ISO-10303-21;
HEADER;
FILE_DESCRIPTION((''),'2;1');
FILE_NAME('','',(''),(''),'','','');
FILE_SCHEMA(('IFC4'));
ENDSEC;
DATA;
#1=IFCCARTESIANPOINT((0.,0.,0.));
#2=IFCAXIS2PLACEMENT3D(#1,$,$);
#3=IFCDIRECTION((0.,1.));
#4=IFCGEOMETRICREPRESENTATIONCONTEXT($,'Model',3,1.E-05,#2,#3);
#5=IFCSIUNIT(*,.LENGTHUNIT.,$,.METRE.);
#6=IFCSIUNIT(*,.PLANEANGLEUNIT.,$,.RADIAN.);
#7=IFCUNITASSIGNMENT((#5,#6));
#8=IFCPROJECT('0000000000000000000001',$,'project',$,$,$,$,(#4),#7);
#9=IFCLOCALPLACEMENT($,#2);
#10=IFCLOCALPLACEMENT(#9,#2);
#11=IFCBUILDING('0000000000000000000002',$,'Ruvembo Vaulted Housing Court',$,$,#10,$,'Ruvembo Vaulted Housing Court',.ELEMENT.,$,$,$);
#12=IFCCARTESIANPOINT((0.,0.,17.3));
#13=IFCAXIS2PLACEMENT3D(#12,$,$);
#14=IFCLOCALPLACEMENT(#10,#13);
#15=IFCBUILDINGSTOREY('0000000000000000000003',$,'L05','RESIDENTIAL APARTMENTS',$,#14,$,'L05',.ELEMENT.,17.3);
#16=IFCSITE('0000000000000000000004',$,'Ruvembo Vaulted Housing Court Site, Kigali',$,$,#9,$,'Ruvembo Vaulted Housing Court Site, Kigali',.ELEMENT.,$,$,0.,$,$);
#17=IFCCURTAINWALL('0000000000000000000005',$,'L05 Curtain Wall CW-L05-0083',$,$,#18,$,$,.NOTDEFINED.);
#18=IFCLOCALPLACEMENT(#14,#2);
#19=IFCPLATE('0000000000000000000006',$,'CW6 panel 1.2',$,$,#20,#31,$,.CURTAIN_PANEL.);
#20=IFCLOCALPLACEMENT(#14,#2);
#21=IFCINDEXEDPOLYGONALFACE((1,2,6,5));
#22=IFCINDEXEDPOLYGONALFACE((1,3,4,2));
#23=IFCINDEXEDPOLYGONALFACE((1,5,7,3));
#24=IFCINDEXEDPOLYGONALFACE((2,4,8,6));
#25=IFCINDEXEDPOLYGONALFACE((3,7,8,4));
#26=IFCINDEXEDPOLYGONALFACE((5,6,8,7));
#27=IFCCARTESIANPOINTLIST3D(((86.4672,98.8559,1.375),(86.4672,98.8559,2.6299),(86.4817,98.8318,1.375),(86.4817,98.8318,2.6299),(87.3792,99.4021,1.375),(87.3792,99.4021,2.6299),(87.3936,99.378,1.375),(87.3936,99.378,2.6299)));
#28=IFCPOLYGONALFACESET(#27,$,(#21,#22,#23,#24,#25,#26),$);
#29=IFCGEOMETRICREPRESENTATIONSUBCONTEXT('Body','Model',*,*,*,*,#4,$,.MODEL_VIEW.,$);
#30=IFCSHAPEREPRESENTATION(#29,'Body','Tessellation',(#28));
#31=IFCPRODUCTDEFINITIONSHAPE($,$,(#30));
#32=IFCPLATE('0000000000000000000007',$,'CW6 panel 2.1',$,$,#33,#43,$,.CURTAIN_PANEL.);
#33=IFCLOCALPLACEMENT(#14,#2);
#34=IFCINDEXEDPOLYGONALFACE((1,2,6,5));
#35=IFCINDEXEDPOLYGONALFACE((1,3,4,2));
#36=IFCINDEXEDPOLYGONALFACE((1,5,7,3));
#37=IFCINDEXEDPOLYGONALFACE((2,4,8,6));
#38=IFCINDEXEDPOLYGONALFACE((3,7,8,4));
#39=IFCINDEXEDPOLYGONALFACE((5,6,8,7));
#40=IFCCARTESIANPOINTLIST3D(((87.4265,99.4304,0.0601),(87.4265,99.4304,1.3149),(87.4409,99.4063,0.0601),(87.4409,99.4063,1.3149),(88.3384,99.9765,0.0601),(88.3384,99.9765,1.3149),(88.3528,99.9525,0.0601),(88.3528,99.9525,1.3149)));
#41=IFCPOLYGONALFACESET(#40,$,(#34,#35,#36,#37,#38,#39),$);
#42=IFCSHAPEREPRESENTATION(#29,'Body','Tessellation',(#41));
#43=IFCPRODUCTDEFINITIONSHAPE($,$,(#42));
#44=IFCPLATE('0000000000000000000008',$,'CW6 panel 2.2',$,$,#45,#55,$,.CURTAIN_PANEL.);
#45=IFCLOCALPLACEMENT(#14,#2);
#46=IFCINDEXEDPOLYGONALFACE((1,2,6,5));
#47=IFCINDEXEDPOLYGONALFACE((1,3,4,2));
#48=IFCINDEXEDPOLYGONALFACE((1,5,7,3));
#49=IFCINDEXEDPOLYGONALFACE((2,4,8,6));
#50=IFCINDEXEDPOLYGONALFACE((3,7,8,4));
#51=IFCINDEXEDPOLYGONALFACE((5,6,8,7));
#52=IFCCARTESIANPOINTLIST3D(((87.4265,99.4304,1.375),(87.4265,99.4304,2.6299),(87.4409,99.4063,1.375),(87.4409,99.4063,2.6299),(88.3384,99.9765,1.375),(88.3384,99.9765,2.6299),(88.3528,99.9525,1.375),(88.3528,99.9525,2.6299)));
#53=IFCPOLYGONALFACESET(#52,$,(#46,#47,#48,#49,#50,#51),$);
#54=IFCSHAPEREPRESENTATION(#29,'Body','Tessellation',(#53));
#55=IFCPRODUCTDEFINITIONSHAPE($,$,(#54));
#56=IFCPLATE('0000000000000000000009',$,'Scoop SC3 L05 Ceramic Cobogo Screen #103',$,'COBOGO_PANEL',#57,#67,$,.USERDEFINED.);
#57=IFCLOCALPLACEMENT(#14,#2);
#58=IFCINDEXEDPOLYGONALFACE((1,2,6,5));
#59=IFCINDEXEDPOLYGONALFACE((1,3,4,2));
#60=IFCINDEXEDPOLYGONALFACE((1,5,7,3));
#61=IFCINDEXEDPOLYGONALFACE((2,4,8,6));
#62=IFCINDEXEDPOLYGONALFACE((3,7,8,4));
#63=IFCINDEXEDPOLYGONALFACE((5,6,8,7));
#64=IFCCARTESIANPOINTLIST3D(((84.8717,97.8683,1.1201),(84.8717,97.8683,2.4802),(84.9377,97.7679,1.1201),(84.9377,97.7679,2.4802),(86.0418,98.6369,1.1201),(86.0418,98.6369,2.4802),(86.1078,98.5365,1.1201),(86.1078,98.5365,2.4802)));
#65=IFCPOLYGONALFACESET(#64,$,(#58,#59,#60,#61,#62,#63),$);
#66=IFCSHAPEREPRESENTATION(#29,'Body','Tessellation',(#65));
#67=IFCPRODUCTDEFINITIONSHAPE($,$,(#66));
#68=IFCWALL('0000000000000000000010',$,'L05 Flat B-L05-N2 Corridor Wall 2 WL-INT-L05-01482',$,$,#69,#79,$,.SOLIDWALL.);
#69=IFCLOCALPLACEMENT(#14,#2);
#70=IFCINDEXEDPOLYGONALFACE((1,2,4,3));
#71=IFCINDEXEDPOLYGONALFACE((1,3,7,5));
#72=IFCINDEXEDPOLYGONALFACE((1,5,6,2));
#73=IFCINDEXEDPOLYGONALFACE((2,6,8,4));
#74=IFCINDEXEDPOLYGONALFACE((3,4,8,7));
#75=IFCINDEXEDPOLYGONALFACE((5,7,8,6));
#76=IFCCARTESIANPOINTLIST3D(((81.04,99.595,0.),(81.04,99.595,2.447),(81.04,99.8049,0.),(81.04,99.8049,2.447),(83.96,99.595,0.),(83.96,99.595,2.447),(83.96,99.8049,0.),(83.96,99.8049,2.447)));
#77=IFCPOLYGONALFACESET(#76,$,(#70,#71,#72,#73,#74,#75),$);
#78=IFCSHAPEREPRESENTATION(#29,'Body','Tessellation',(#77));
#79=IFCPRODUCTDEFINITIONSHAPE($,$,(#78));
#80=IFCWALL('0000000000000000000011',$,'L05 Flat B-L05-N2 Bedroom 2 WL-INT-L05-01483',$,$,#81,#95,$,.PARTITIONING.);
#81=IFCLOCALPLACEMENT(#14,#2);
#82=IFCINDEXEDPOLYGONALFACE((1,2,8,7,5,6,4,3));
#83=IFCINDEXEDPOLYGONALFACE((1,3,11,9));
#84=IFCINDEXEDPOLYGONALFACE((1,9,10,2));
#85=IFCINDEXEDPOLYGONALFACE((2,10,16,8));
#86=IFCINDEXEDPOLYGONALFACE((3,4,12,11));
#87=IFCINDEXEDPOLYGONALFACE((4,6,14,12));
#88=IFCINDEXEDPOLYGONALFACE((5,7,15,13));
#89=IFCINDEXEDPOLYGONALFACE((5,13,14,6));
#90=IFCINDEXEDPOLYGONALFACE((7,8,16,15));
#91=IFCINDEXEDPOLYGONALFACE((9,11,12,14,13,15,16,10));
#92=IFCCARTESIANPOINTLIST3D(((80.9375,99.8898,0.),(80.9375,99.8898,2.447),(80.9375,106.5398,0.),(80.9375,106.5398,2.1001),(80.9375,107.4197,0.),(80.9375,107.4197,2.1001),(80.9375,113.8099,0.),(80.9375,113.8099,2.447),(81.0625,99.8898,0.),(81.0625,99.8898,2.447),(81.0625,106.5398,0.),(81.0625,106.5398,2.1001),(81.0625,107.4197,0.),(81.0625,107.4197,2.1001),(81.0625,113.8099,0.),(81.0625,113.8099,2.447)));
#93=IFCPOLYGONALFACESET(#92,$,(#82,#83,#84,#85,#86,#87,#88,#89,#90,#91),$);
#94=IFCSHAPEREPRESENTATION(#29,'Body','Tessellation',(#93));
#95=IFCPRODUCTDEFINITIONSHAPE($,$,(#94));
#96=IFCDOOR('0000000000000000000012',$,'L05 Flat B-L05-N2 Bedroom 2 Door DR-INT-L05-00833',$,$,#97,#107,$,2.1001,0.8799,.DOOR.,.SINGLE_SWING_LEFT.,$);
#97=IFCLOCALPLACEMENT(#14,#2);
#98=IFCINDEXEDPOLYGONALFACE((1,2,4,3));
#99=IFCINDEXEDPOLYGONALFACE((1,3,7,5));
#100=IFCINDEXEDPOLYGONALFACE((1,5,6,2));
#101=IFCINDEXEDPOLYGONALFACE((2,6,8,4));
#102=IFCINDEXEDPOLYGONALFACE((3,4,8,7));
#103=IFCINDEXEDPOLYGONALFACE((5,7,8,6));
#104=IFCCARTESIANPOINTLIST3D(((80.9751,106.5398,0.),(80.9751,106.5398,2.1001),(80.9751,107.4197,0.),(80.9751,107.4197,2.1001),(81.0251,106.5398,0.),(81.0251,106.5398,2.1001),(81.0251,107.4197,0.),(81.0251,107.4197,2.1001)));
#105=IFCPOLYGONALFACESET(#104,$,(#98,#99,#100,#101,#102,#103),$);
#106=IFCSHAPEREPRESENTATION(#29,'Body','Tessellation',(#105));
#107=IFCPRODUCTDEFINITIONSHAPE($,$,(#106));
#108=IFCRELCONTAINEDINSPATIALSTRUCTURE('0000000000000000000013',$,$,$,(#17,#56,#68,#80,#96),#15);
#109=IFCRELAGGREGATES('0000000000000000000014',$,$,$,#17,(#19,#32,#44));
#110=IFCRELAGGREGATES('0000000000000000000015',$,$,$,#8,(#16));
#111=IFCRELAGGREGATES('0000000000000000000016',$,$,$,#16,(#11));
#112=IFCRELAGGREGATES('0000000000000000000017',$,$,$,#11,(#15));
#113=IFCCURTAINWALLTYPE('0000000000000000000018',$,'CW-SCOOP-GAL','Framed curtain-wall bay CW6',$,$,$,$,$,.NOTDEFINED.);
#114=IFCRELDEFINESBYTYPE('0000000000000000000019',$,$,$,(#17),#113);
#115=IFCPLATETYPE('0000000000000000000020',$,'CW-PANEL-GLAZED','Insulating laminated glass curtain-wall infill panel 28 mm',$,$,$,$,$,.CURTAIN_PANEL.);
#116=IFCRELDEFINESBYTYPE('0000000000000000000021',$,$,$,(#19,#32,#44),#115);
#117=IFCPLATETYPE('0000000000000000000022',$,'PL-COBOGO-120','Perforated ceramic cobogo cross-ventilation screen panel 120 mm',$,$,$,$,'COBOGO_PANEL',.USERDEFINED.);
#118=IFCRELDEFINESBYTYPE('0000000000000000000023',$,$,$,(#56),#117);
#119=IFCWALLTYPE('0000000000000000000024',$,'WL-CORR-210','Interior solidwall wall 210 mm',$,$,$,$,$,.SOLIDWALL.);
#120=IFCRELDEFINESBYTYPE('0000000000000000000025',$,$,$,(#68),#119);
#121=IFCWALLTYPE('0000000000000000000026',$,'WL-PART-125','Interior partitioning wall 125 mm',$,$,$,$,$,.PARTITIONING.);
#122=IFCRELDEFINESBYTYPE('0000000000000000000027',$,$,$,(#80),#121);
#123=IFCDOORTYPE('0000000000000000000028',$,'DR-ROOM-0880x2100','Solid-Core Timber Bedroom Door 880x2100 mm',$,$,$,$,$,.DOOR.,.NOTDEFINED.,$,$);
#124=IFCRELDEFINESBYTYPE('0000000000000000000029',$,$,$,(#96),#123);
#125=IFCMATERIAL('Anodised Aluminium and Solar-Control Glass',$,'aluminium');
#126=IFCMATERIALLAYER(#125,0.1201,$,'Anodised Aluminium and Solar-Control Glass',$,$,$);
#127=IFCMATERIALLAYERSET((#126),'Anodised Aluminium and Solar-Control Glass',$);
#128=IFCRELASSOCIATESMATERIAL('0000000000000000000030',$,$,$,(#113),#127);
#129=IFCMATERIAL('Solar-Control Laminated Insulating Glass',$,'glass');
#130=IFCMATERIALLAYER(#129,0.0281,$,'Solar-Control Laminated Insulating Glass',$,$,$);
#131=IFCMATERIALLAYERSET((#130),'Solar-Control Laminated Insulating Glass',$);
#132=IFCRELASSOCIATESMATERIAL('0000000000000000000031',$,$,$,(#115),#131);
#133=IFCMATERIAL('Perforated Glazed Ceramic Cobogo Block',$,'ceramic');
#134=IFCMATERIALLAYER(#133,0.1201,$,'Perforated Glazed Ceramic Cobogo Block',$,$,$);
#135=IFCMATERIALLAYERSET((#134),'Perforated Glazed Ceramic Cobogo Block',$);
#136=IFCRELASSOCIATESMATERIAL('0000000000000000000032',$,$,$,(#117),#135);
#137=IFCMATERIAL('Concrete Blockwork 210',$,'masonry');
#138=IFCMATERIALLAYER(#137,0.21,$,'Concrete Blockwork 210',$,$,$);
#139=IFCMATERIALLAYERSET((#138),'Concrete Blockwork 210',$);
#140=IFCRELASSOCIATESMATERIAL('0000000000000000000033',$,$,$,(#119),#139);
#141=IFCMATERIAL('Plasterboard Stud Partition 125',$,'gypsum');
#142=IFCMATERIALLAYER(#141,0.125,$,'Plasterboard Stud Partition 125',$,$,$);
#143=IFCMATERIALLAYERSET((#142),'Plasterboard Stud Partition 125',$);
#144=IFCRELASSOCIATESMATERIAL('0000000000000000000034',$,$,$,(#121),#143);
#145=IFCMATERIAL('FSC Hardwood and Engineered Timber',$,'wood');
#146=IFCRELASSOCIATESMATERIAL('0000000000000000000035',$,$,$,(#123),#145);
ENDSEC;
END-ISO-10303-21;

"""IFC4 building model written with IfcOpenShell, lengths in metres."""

from ifc_helpers import new_model, si_unit, direction, frame, frame_2d, origin, origin_2d, place, context, subcontext, project, spatial, rectangle, extrude, material, layer, layer_set, type_object, element, fill, aggregate, save


model = new_model("IFC4")

# Units and contexts
model_context = context("Model", 3, precision=1e-05, world=origin(), true_north=direction((0.0, 1.0)))
body_context = subcontext(model_context, "Body", "Model", "MODEL_VIEW")
ifc_project = project(units=[si_unit("LENGTHUNIT", "METRE"), si_unit("PLANEANGLEUNIT", "RADIAN")], contexts=[model_context])

# Site, building, storey
site_placement = place(None, origin())
site = spatial("IfcSite", under=ifc_project, at=site_placement, Name="Ruvembo Vaulted Housing Court Site, Kigali", LongName="Ruvembo Vaulted Housing Court Site, Kigali", CompositionType="ELEMENT", RefElevation=0.0)
building_placement = place(site_placement, origin())
building = spatial("IfcBuilding", under=site, at=building_placement, Name="Ruvembo Vaulted Housing Court", LongName="Ruvembo Vaulted Housing Court", CompositionType="ELEMENT")
storey_placement = place(building_placement, frame((0.0, 0.0, 17.3)))
storey = spatial("IfcBuildingStorey", under=building, at=storey_placement, Name="L05", Description="RESIDENTIAL APARTMENTS", LongName="L05", CompositionType="ELEMENT", Elevation=17.3)

# Curtain wall, plates
ifc_material_1 = material(Name="Anodised Aluminium and Solar-Control Glass", Category="aluminium")
ifc_layer_1 = layer(ifc_material_1, 0.1201, Name="Anodised Aluminium and Solar-Control Glass")
ifc_layer_set_1 = layer_set([ifc_layer_1], Name="Anodised Aluminium and Solar-Control Glass")
curtain_wall_type = type_object("IfcCurtainWallType", Name="CW-SCOOP-GAL", Description="Framed curtain-wall bay CW6", PredefinedType="NOTDEFINED", material=ifc_layer_set_1)
curtain_wall_placement = place(storey_placement, origin())
curtain_wall = element("IfcCurtainWall", 1, at=curtain_wall_placement, inside=storey, type_object=curtain_wall_type, Name="L05 Curtain Wall CW-L05-0083", PredefinedType="NOTDEFINED")
ifc_material_2 = material(Name="Solar-Control Laminated Insulating Glass", Category="glass")
ifc_layer_2 = layer(ifc_material_2, 0.0281, Name="Solar-Control Laminated Insulating Glass")
ifc_layer_set_2 = layer_set([ifc_layer_2], Name="Solar-Control Laminated Insulating Glass")
plate_type_1 = type_object("IfcPlateType", Name="CW-PANEL-GLAZED", Description="Insulating laminated glass curtain-wall infill panel 28 mm", PredefinedType="CURTAIN_PANEL", material=ifc_layer_set_2)
plate_1_placement = place(storey_placement, frame((86.9304, 99.1169, 1.375), z_axis=(0.0, 0.0, 1.0), x_axis=(0.857893, 0.513828, 0.0)))
plate_1 = element("IfcPlate", 2, at=plate_1_placement, type_object=plate_type_1, Name="CW6 panel 1.2", PredefinedType="CURTAIN_PANEL", context=body_context, shape_type="SweptSolid", body=[
    extrude(rectangle(XDim=1.063, YDim=0.0281, at=origin_2d()), origin(), (0.0, 0.0, 1.0), 1.2549),
])
plate_2_placement = place(storey_placement, frame((87.8896, 99.6914, 0.0601), z_axis=(0.0, 0.0, 1.0), x_axis=(0.857893, 0.513828, 0.0)))
plate_2 = element("IfcPlate", 3, at=plate_2_placement, type_object=plate_type_1, Name="CW6 panel 2.1", PredefinedType="CURTAIN_PANEL", context=body_context, shape_type="SweptSolid", body=[
    extrude(rectangle(XDim=1.063, YDim=0.0281, at=origin_2d()), origin(), (0.0, 0.0, 1.0), 1.2549),
])
plate_3_placement = place(storey_placement, frame((87.8896, 99.6914, 1.375), z_axis=(0.0, 0.0, 1.0), x_axis=(0.857893, 0.513828, 0.0)))
plate_3 = element("IfcPlate", 4, at=plate_3_placement, type_object=plate_type_1, Name="CW6 panel 2.2", PredefinedType="CURTAIN_PANEL", context=body_context, shape_type="SweptSolid", body=[
    extrude(rectangle(XDim=1.063, YDim=0.0281, at=origin_2d()), origin(), (0.0, 0.0, 1.0), 1.2549),
])
aggregate(curtain_wall, [plate_1, plate_2, plate_3])

# Plate
ifc_material_3 = material(Name="Perforated Glazed Ceramic Cobogo Block", Category="ceramic")
ifc_layer_3 = layer(ifc_material_3, 0.1201, Name="Perforated Glazed Ceramic Cobogo Block")
ifc_layer_set_3 = layer_set([ifc_layer_3], Name="Perforated Glazed Ceramic Cobogo Block")
plate_type_2 = type_object("IfcPlateType", Name="PL-COBOGO-120", Description="Perforated ceramic cobogo cross-ventilation screen panel 120 mm", ElementType="COBOGO_PANEL", PredefinedType="USERDEFINED", material=ifc_layer_set_3)
plate_4_placement = place(storey_placement, frame((85.4897, 98.2024, 1.1201), z_axis=(0.0, 0.0, 1.0), x_axis=(0.835836, 0.548979, 0.0)))
element("IfcPlate", 5, at=plate_4_placement, inside=storey, type_object=plate_type_2, Name="Scoop SC3 L05 Ceramic Cobogo Screen #103", ObjectType="COBOGO_PANEL", PredefinedType="USERDEFINED", context=body_context, shape_type="SweptSolid", body=[
    extrude(rectangle(XDim=1.3999, YDim=0.1201, at=origin_2d()), origin(), (0.0, 0.0, 1.0), 1.3601),
])

# Wall
ifc_material_4 = material(Name="Concrete Blockwork 210", Category="masonry")
ifc_layer_4 = layer(ifc_material_4, 0.21, Name="Concrete Blockwork 210")
ifc_layer_set_4 = layer_set([ifc_layer_4], Name="Concrete Blockwork 210")
wall_type_1 = type_object("IfcWallType", Name="WL-CORR-210", Description="Interior solidwall wall 210 mm", PredefinedType="SOLIDWALL", material=ifc_layer_set_4)
wall_1_placement = place(storey_placement, frame((81.04, 99.7, 0.0), z_axis=(0.0, 0.0, 1.0), x_axis=(1.0, 0.0, 0.0)))
element("IfcWall", 6, at=wall_1_placement, inside=storey, type_object=wall_type_1, Name="L05 Flat B-L05-N2 Corridor Wall 2 WL-INT-L05-01482", PredefinedType="SOLIDWALL", context=body_context, shape_type="SweptSolid", body=[
    extrude(rectangle(XDim=2.9199, YDim=0.21, at=frame_2d((1.46, 0.0))), origin(), (0.0, 0.0, 1.0), 2.447),
])

# Wall, opening, door
ifc_material_5 = material(Name="Plasterboard Stud Partition 125", Category="gypsum")
ifc_layer_5 = layer(ifc_material_5, 0.125, Name="Plasterboard Stud Partition 125")
ifc_layer_set_5 = layer_set([ifc_layer_5], Name="Plasterboard Stud Partition 125")
wall_type_2 = type_object("IfcWallType", Name="WL-PART-125", Description="Interior partitioning wall 125 mm", PredefinedType="PARTITIONING", material=ifc_layer_set_5)
wall_2_placement = place(storey_placement, frame((81.0, 99.8899, 0.0), z_axis=(0.0, 0.0, 1.0), x_axis=(0.0, 1.0, 0.0)))
wall_2 = element("IfcWall", 7, at=wall_2_placement, inside=storey, type_object=wall_type_2, Name="L05 Flat B-L05-N2 Bedroom 2 WL-INT-L05-01483", PredefinedType="PARTITIONING", context=body_context, shape_type="SweptSolid", body=[
    extrude(rectangle(XDim=13.9202, YDim=0.125, at=frame_2d((6.96, 0.0))), origin(), (0.0, 0.0, 1.0), 2.447),
])
opening_placement = place(wall_2_placement, frame((6.6499, 0.0, 0.0)))
opening = element("IfcOpeningElement", 8, at=opening_placement, cuts=wall_2, PredefinedType="OPENING", context=body_context, shape_type="SweptSolid", body=[
    extrude(rectangle(XDim=0.8799, YDim=2.1001, at=frame_2d((0.4399, 1.05))), frame((0.0, 0.0725, 0.0), z_axis=(0.0, -1.0, 0.0), x_axis=(1.0, 0.0, 0.0)), (0.0, 0.0, 1.0), 0.145),
])
ifc_material_6 = material(Name="FSC Hardwood and Engineered Timber", Category="wood")
door_type = type_object("IfcDoorType", Name="DR-ROOM-0880x2100", Description="Solid-Core Timber Bedroom Door 880x2100 mm", OperationType="NOTDEFINED", PredefinedType="DOOR", material=ifc_material_6)
door_placement = place(opening_placement, origin())
door = element("IfcDoor", 9, at=door_placement, inside=storey, type_object=door_type, Name="L05 Flat B-L05-N2 Bedroom 2 Door DR-INT-L05-00833", OperationType="SINGLE_SWING_LEFT", OverallHeight=2.1001, OverallWidth=0.8799, PredefinedType="DOOR", context=body_context, shape_type="SweptSolid", body=[
    extrude(rectangle(XDim=0.8799, YDim=2.1001, at=frame_2d((0.4399, 1.05))), frame((0.0, 0.0249, 0.0), z_axis=(0.0, -1.0, 0.0), x_axis=(1.0, 0.0, 0.0)), (0.0, 0.0, 1.0), 0.05),
])
fill(opening, door)

save(model, "model.ifc")
